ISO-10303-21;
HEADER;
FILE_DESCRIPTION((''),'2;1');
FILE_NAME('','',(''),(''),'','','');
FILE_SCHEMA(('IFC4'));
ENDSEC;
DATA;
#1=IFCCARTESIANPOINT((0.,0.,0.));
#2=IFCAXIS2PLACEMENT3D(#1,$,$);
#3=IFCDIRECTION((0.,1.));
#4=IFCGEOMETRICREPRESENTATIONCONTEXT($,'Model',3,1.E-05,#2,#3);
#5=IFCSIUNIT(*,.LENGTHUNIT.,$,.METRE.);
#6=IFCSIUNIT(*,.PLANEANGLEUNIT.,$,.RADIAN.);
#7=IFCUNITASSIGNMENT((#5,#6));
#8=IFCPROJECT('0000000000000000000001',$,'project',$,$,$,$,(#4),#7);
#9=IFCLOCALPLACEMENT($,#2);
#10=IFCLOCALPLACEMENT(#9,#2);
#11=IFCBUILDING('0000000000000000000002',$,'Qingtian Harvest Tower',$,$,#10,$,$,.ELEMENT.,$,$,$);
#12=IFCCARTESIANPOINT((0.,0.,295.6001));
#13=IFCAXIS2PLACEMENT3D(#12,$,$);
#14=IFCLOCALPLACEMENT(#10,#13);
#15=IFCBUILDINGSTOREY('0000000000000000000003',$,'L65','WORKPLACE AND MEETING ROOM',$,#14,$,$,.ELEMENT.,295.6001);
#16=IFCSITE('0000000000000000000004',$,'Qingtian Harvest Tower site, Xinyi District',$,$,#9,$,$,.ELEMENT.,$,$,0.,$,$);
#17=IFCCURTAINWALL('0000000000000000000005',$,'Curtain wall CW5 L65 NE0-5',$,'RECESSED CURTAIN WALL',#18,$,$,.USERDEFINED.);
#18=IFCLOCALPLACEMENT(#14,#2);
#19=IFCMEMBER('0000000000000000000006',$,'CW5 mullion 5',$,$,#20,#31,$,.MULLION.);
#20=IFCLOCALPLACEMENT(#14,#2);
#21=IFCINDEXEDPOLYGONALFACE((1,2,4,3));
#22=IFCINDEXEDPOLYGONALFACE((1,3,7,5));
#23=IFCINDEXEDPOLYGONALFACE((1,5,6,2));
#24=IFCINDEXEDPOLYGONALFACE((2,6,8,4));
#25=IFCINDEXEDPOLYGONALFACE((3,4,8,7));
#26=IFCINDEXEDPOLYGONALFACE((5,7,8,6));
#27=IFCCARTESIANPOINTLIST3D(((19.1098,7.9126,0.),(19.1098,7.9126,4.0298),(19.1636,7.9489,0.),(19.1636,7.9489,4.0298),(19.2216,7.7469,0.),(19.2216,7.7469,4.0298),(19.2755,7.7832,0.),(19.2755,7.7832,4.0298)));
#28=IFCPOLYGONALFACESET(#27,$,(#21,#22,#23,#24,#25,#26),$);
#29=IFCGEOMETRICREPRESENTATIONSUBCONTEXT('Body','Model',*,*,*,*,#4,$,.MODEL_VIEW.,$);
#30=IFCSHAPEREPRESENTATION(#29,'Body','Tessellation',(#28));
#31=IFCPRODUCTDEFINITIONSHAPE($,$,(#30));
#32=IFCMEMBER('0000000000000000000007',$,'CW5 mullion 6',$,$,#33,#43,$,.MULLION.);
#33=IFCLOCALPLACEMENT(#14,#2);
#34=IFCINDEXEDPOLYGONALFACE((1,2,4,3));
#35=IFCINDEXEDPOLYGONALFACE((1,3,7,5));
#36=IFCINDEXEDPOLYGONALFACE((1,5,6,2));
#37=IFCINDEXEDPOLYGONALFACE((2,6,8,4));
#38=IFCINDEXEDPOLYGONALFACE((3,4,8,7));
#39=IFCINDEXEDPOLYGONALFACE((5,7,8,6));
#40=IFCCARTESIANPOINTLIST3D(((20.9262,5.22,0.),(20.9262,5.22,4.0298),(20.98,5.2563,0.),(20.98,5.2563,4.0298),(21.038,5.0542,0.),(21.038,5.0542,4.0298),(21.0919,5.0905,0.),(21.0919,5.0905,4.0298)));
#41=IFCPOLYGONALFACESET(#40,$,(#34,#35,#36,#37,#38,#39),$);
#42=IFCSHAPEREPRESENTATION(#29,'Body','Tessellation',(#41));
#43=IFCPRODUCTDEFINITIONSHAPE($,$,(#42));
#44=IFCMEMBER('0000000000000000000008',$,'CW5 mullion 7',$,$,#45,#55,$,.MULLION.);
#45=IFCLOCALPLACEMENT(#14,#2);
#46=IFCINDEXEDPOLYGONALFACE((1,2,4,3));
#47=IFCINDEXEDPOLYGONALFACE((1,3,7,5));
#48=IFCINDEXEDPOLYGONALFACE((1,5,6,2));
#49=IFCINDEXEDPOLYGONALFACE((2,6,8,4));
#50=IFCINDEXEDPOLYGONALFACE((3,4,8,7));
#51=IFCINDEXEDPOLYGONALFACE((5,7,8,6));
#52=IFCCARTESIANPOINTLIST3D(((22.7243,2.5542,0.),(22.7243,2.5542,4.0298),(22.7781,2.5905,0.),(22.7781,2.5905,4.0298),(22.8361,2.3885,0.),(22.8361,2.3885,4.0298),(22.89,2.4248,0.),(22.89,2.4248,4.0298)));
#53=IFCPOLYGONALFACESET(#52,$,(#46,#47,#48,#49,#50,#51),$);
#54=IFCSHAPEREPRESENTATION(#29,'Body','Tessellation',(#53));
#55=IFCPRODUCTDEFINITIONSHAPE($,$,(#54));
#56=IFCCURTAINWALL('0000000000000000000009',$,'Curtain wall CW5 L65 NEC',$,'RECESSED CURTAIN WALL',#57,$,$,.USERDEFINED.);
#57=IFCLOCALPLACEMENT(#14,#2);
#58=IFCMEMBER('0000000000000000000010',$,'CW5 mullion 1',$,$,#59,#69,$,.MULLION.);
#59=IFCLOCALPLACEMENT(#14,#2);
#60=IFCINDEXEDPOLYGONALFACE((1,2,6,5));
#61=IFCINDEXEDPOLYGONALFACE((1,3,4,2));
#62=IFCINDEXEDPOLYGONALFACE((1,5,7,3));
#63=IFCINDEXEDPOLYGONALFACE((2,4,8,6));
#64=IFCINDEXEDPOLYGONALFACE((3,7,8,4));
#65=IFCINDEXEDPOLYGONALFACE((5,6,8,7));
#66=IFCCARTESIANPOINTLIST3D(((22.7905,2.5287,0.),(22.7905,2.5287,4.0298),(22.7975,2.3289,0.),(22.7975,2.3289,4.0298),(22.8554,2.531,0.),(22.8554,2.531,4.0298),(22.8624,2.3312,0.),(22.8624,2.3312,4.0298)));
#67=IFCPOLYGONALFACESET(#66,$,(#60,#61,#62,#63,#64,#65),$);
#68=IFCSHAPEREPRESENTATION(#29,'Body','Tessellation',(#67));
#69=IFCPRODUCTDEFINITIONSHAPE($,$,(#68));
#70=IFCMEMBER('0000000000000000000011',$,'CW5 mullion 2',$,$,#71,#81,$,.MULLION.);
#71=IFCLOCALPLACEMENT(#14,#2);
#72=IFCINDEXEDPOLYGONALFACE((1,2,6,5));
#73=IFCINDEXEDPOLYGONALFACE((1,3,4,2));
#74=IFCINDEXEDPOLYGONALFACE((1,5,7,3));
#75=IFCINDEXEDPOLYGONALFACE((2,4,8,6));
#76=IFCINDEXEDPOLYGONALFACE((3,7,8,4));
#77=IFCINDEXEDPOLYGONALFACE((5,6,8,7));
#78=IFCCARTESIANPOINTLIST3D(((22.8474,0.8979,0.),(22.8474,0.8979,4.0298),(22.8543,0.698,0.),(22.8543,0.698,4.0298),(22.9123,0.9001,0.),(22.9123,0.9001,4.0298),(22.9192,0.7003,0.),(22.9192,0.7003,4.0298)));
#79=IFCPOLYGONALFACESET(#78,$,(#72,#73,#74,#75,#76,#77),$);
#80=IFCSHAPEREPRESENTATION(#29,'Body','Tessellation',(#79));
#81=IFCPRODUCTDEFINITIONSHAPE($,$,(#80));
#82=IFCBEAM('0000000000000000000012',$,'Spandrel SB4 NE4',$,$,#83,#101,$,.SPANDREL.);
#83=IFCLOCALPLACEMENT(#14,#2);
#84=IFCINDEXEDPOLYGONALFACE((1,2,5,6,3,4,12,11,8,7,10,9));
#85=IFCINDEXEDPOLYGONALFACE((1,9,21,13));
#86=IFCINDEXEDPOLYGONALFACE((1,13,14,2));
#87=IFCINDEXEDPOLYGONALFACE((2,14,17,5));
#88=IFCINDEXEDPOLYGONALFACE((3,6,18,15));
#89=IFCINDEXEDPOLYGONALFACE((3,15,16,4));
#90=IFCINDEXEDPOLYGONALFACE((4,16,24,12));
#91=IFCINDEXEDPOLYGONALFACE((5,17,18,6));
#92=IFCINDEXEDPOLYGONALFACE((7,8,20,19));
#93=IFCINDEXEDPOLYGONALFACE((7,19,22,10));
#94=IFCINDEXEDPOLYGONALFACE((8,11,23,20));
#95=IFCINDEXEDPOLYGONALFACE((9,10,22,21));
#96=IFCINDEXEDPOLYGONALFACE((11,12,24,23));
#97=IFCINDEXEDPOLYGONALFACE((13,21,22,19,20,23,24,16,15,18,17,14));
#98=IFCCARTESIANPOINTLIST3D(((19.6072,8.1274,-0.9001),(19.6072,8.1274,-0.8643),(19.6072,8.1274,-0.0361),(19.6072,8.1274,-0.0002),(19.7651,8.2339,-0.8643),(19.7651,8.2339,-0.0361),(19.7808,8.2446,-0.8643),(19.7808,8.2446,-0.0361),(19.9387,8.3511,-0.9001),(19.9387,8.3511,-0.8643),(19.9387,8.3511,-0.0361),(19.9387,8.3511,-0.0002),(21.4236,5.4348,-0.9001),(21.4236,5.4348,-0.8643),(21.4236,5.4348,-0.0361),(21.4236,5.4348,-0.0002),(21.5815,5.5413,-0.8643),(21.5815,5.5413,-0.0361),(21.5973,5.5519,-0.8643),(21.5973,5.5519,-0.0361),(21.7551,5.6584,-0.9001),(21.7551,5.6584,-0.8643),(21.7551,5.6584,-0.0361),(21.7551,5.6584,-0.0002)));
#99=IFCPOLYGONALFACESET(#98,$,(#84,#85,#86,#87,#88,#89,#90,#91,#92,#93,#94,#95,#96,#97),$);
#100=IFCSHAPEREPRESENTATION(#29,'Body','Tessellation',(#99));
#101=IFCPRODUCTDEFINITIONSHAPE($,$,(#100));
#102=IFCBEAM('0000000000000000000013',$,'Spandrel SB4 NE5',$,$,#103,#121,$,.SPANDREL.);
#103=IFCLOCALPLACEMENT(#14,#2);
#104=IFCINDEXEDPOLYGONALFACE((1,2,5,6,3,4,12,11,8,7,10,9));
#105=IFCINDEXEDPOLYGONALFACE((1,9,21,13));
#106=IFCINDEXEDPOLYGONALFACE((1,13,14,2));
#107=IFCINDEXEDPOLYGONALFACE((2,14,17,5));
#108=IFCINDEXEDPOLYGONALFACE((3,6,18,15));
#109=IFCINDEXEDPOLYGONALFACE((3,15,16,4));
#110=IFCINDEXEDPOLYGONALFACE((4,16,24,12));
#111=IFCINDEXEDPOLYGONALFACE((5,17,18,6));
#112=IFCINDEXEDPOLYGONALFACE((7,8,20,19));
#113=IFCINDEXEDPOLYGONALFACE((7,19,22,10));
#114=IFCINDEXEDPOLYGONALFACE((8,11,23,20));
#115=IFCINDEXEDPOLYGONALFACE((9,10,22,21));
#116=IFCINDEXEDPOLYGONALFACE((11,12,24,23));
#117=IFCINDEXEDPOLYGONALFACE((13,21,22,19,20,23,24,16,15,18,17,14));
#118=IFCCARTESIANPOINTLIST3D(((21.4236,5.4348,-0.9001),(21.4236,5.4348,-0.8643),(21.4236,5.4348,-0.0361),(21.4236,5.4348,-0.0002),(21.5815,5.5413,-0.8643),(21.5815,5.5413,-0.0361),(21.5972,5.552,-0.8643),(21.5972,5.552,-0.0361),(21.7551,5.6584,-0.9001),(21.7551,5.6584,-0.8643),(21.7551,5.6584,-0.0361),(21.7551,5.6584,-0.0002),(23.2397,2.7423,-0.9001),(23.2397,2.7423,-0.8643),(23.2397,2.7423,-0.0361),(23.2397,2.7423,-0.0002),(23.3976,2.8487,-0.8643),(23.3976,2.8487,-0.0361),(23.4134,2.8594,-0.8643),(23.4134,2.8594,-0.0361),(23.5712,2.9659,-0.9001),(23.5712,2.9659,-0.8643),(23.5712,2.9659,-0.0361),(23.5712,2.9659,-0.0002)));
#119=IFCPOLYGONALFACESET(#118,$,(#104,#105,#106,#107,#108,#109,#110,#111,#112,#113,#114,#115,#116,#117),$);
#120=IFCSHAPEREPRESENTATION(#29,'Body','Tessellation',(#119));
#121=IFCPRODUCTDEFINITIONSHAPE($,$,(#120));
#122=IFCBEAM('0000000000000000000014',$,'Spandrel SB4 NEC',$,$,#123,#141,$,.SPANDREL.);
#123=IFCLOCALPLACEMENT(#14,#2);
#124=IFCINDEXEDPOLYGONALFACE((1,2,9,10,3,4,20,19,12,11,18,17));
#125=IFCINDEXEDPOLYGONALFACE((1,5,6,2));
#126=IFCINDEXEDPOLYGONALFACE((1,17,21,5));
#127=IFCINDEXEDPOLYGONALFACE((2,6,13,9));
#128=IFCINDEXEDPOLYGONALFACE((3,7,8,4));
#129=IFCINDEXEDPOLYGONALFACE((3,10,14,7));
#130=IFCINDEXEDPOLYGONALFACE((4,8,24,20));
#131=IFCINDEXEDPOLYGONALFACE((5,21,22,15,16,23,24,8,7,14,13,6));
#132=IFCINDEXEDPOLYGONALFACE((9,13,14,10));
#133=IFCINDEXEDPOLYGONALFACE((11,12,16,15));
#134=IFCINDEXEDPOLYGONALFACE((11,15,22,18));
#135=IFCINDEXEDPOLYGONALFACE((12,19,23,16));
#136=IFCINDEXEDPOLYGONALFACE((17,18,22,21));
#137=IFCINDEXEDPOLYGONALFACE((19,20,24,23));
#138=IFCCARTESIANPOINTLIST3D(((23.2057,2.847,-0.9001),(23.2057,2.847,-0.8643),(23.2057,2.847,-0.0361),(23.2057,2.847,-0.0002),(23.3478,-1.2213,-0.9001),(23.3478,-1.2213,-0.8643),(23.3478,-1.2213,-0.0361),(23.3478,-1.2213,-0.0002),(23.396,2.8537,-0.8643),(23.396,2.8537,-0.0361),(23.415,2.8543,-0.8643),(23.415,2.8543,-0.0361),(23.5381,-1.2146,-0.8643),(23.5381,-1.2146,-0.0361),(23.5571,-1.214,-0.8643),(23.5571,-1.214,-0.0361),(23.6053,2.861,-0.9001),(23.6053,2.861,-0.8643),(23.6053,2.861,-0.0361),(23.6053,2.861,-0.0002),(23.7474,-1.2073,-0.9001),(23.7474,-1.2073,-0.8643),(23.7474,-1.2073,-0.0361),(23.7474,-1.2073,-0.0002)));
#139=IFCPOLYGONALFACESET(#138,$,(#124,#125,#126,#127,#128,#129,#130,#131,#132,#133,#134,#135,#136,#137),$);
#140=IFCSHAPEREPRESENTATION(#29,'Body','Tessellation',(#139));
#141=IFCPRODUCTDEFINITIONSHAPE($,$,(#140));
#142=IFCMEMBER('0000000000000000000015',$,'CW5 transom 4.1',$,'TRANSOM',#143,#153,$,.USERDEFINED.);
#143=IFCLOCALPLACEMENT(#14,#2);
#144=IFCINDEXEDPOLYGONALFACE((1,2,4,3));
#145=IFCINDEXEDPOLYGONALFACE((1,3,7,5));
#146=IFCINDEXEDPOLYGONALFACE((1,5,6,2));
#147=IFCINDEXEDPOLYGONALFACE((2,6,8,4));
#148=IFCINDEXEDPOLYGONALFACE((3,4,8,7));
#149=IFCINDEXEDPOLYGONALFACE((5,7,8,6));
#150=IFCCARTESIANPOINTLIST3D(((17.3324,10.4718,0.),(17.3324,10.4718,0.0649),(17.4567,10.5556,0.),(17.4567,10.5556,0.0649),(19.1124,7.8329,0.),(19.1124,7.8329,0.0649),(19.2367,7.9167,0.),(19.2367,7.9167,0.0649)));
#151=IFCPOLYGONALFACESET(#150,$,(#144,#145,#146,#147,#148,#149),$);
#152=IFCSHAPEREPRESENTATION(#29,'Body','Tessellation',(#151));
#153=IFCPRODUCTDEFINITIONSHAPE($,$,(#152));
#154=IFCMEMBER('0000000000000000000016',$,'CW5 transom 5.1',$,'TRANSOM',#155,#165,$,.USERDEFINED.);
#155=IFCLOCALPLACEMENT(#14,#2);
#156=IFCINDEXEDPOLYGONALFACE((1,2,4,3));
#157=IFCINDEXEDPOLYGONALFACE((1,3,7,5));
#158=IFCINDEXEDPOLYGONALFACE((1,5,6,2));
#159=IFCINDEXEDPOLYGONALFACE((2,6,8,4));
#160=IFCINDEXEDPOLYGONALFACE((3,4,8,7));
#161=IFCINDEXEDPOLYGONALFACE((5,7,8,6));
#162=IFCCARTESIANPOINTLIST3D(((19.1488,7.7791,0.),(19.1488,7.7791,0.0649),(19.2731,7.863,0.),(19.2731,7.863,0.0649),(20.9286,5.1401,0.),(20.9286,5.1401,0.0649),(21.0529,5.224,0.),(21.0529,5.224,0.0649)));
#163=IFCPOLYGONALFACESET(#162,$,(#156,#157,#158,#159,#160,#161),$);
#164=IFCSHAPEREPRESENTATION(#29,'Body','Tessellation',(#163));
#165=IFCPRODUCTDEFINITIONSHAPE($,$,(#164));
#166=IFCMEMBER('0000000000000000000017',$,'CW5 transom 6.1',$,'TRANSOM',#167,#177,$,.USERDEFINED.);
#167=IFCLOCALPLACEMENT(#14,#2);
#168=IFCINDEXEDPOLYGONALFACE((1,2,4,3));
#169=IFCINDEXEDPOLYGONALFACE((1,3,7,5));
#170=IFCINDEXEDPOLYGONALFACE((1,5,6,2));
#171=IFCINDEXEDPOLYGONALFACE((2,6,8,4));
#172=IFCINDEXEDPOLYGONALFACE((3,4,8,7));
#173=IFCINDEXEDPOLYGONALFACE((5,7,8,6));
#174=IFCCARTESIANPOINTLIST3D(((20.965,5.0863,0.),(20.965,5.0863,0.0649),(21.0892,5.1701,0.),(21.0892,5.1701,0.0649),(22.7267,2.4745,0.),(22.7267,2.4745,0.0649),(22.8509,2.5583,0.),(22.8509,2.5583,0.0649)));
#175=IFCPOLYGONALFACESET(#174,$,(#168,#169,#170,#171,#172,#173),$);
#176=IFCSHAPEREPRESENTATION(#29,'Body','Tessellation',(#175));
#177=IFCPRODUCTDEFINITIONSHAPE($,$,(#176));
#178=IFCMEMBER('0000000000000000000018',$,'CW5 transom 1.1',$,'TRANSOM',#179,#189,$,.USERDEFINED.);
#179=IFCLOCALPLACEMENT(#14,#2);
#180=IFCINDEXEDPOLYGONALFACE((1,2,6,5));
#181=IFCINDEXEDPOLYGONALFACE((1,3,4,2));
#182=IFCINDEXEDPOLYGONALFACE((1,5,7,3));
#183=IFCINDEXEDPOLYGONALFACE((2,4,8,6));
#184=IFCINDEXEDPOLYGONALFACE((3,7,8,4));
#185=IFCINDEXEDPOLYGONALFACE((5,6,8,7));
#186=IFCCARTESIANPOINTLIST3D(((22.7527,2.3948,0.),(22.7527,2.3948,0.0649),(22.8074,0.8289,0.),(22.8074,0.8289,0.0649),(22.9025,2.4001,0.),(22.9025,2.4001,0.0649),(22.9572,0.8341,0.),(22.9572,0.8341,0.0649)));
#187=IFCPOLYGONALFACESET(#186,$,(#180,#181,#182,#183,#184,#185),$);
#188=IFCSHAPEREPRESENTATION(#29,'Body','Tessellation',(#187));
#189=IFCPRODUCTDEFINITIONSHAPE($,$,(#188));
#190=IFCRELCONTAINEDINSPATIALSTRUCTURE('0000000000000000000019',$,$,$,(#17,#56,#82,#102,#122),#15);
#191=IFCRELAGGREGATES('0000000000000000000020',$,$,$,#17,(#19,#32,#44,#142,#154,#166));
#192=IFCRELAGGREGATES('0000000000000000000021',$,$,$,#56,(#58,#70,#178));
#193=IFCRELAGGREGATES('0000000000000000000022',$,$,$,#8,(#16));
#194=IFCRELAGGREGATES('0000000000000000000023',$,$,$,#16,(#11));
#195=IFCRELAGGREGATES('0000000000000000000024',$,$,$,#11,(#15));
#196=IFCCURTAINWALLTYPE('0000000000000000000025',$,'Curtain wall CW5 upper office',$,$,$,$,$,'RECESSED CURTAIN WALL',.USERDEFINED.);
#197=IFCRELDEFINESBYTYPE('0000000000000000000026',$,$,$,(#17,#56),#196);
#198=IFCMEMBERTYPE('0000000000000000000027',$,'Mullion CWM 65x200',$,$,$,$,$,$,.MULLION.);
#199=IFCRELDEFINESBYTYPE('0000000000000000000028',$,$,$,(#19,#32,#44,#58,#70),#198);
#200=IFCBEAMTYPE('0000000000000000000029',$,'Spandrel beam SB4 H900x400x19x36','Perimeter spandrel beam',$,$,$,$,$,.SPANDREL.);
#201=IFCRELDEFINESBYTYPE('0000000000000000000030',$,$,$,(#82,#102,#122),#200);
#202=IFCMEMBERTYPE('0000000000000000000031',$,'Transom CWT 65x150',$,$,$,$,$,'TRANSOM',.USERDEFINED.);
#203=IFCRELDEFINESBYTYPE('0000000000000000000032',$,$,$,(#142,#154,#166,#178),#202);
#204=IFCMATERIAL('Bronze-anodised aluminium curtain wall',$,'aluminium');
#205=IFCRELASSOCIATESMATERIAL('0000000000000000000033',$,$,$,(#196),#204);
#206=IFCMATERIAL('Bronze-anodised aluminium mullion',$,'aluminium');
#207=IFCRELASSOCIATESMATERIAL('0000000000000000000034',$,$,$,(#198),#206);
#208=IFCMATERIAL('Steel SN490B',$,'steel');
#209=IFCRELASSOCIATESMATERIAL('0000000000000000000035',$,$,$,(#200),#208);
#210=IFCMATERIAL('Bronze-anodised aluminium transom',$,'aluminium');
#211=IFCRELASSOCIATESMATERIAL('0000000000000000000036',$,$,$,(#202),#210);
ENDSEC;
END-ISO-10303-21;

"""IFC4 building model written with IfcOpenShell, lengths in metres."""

from ifc_helpers import new_model, si_unit, direction, frame, origin, origin_2d, place, context, subcontext, project, spatial, rectangle, i_section, extrude, material, material_profile, profile_set, type_object, element, aggregate, save


model = new_model("IFC4")

# Units and contexts
model_context = context("Model", 3, precision=1e-05, world=origin(), true_north=direction((0.0, 1.0)))
body_context = subcontext(model_context, "Body", "Model", "MODEL_VIEW")
ifc_project = project(units=[si_unit("LENGTHUNIT", "METRE"), si_unit("PLANEANGLEUNIT", "RADIAN")], contexts=[model_context])

# Site, building, storey
site_placement = place(None, origin())
site = spatial("IfcSite", under=ifc_project, at=site_placement, Name="Qingtian Harvest Tower site, Xinyi District", CompositionType="ELEMENT", RefElevation=0.0)
building_placement = place(site_placement, origin())
building = spatial("IfcBuilding", under=site, at=building_placement, Name="Qingtian Harvest Tower", CompositionType="ELEMENT")
storey_placement = place(building_placement, frame((0.0, 0.0, 295.6001)))
storey = spatial("IfcBuildingStorey", under=building, at=storey_placement, Name="L65", Description="WORKPLACE AND MEETING ROOM", CompositionType="ELEMENT", Elevation=295.6001)

# Curtain walls, members
ifc_material_1 = material(Name="Bronze-anodised aluminium curtain wall", Category="aluminium")
curtain_wall_type = type_object("IfcCurtainWallType", Name="Curtain wall CW5 upper office", ElementType="RECESSED CURTAIN WALL", PredefinedType="USERDEFINED", material=ifc_material_1)
curtain_wall_1_placement = place(storey_placement, origin())
curtain_wall_1 = element("IfcCurtainWall", 1, at=curtain_wall_1_placement, inside=storey, type_object=curtain_wall_type, Name="Curtain wall CW5 L65 NE0-5", ObjectType="RECESSED CURTAIN WALL", PredefinedType="USERDEFINED")
ifc_material_2 = material(Name="Bronze-anodised aluminium mullion", Category="aluminium")
ifc_material_profile_1 = material_profile(ifc_material_2, rectangle(XDim=0.0649, YDim=0.2, at=origin_2d()), Name="AL 65x200")
ifc_profile_set_1 = profile_set([ifc_material_profile_1], Name="Bronze-anodised aluminium mullion")
member_type_1 = type_object("IfcMemberType", Name="Mullion CWM 65x200", PredefinedType="MULLION", material=ifc_profile_set_1)
member_1_placement = place(storey_placement, frame((19.1926, 7.8479, 0.0), z_axis=(0.0, 0.0, 1.0), x_axis=(0.829038, 0.559193, 0.0)))
member_1 = element("IfcMember", 2, at=member_1_placement, type_object=member_type_1, Name="CW5 mullion 5", PredefinedType="MULLION", context=body_context, shape_type="SweptSolid", body=[
    extrude(rectangle(XDim=0.0649, YDim=0.2, at=origin_2d()), origin(), (0.0, 0.0, 1.0), 4.0298),
])
member_2_placement = place(storey_placement, frame((21.009, 5.1553, 0.0), z_axis=(0.0, 0.0, 1.0), x_axis=(0.829038, 0.559193, 0.0)))
member_2 = element("IfcMember", 3, at=member_2_placement, type_object=member_type_1, Name="CW5 mullion 6", PredefinedType="MULLION", context=body_context, shape_type="SweptSolid", body=[
    extrude(rectangle(XDim=0.0649, YDim=0.2, at=origin_2d()), origin(), (0.0, 0.0, 1.0), 4.0298),
])
member_3_placement = place(storey_placement, frame((22.8071, 2.4895, 0.0), z_axis=(0.0, 0.0, 1.0), x_axis=(0.829038, 0.559193, 0.0)))
member_3 = element("IfcMember", 4, at=member_3_placement, type_object=member_type_1, Name="CW5 mullion 7", PredefinedType="MULLION", context=body_context, shape_type="SweptSolid", body=[
    extrude(rectangle(XDim=0.0649, YDim=0.2, at=origin_2d()), origin(), (0.0, 0.0, 1.0), 4.0298),
])
curtain_wall_2_placement = place(storey_placement, origin())
curtain_wall_2 = element("IfcCurtainWall", 5, at=curtain_wall_2_placement, inside=storey, type_object=curtain_wall_type, Name="Curtain wall CW5 L65 NEC", ObjectType="RECESSED CURTAIN WALL", PredefinedType="USERDEFINED")
member_4_placement = place(storey_placement, frame((22.8264, 2.4299, 0.0), z_axis=(0.0, 0.0, 1.0), x_axis=(0.999391, 0.034899, 0.0)))
member_4 = element("IfcMember", 6, at=member_4_placement, type_object=member_type_1, Name="CW5 mullion 1", PredefinedType="MULLION", context=body_context, shape_type="SweptSolid", body=[
    extrude(rectangle(XDim=0.0649, YDim=0.2, at=origin_2d()), origin(), (0.0, 0.0, 1.0), 4.0298),
])
member_5_placement = place(storey_placement, frame((22.8833, 0.7991, 0.0), z_axis=(0.0, 0.0, 1.0), x_axis=(0.999391, 0.034899, 0.0)))
member_5 = element("IfcMember", 7, at=member_5_placement, type_object=member_type_1, Name="CW5 mullion 2", PredefinedType="MULLION", context=body_context, shape_type="SweptSolid", body=[
    extrude(rectangle(XDim=0.0649, YDim=0.2, at=origin_2d()), origin(), (0.0, 0.0, 1.0), 4.0298),
])

# Beams
ifc_material_3 = material(Name="Steel SN490B", Category="steel")
ifc_material_profile_2 = material_profile(ifc_material_3, i_section(OverallWidth=0.3999, OverallDepth=0.8999, WebThickness=0.019, FlangeThickness=0.0359, at=origin_2d()), Name="H900x400x19x36")
ifc_profile_set_2 = profile_set([ifc_material_profile_2], Name="Steel SN490B")
beam_type_1 = type_object("IfcBeamType", Name="Spandrel beam SB4 H900x400x19x36", Description="Perimeter spandrel beam", PredefinedType="SPANDREL", material=ifc_profile_set_2)
beam_1_placement = place(storey_placement, frame((19.7729, 8.2393, -0.4502), z_axis=(0.559237, -0.829008, 0.0), x_axis=(0.829008, 0.559237, 0.0)))
element("IfcBeam", 8, at=beam_1_placement, inside=storey, type_object=beam_type_1, Name="Spandrel SB4 NE4", PredefinedType="SPANDREL", context=body_context, shape_type="SweptSolid", body=[
    extrude(i_section(OverallWidth=0.3999, OverallDepth=0.8999, WebThickness=0.019, FlangeThickness=0.0359, at=origin_2d()), origin(), (0.0, 0.0, 1.0), 3.248),
])
beam_2_placement = place(storey_placement, frame((21.5894, 5.5466, -0.4502), z_axis=(0.559185, -0.829043, 0.0), x_axis=(0.829043, 0.559185, 0.0)))
element("IfcBeam", 9, at=beam_2_placement, inside=storey, type_object=beam_type_1, Name="Spandrel SB4 NE5", PredefinedType="SPANDREL", context=body_context, shape_type="SweptSolid", body=[
    extrude(i_section(OverallWidth=0.3999, OverallDepth=0.8999, WebThickness=0.019, FlangeThickness=0.0359, at=origin_2d()), origin(), (0.0, 0.0, 1.0), 3.2478),
])
beam_3_placement = place(storey_placement, frame((23.4055, 2.854, -0.4502), z_axis=(0.034904, -0.999391, 0.0), x_axis=(0.999391, 0.034904, 0.0)))
element("IfcBeam", 10, at=beam_3_placement, inside=storey, type_object=beam_type_1, Name="Spandrel SB4 NEC", PredefinedType="SPANDREL", context=body_context, shape_type="SweptSolid", body=[
    extrude(i_section(OverallWidth=0.3999, OverallDepth=0.8999, WebThickness=0.019, FlangeThickness=0.0359, at=origin_2d()), origin(), (0.0, 0.0, 1.0), 4.0708),
])

# Members
ifc_material_4 = material(Name="Bronze-anodised aluminium transom", Category="aluminium")
ifc_material_profile_3 = material_profile(ifc_material_4, rectangle(XDim=0.1499, YDim=0.0649, at=origin_2d()), Name="AL 65x150")
ifc_profile_set_3 = profile_set([ifc_material_profile_3], Name="Bronze-anodised aluminium transom")
member_type_2 = type_object("IfcMemberType", Name="Transom CWT 65x150", ElementType="TRANSOM", PredefinedType="USERDEFINED", material=ifc_profile_set_3)
member_6_placement = place(storey_placement, frame((17.3945, 10.5137, 0.0325), z_axis=(0.559205, -0.829029, 0.0), x_axis=(0.829029, 0.559205, 0.0)))
member_6 = element("IfcMember", 11, at=member_6_placement, type_object=member_type_2, Name="CW5 transom 4.1", ObjectType="TRANSOM", PredefinedType="USERDEFINED", context=body_context, shape_type="SweptSolid", body=[
    extrude(rectangle(XDim=0.1499, YDim=0.0649, at=origin_2d()), origin(), (0.0, 0.0, 1.0), 3.1831),
])
member_7_placement = place(storey_placement, frame((19.2109, 7.821, 0.0325), z_axis=(0.559153, -0.829065, 0.0), x_axis=(0.829065, 0.559153, 0.0)))
member_7 = element("IfcMember", 12, at=member_7_placement, type_object=member_type_2, Name="CW5 transom 5.1", ObjectType="TRANSOM", PredefinedType="USERDEFINED", context=body_context, shape_type="SweptSolid", body=[
    extrude(rectangle(XDim=0.1499, YDim=0.0649, at=origin_2d()), origin(), (0.0, 0.0, 1.0), 3.1831),
])
member_8_placement = place(storey_placement, frame((21.0271, 5.1282, 0.0325), z_axis=(0.559199, -0.829034, 0.0), x_axis=(0.829034, 0.559199, 0.0)))
member_8 = element("IfcMember", 13, at=member_8_placement, type_object=member_type_2, Name="CW5 transom 6.1", ObjectType="TRANSOM", PredefinedType="USERDEFINED", context=body_context, shape_type="SweptSolid", body=[
    extrude(rectangle(XDim=0.1499, YDim=0.0649, at=origin_2d()), origin(), (0.0, 0.0, 1.0), 3.1504),
])
member_9_placement = place(storey_placement, frame((22.8276, 2.3975, 0.0325), z_axis=(0.034902, -0.999391, 0.0), x_axis=(0.999391, 0.034902, 0.0)))
member_9 = element("IfcMember", 14, at=member_9_placement, type_object=member_type_2, Name="CW5 transom 1.1", ObjectType="TRANSOM", PredefinedType="USERDEFINED", context=body_context, shape_type="SweptSolid", body=[
    extrude(rectangle(XDim=0.1499, YDim=0.0649, at=origin_2d()), origin(), (0.0, 0.0, 1.0), 1.5669),
])

aggregate(curtain_wall_1, [member_1, member_2, member_3, member_6, member_7, member_8])
aggregate(curtain_wall_2, [member_4, member_5, member_9])

save(model, "model.ifc")
